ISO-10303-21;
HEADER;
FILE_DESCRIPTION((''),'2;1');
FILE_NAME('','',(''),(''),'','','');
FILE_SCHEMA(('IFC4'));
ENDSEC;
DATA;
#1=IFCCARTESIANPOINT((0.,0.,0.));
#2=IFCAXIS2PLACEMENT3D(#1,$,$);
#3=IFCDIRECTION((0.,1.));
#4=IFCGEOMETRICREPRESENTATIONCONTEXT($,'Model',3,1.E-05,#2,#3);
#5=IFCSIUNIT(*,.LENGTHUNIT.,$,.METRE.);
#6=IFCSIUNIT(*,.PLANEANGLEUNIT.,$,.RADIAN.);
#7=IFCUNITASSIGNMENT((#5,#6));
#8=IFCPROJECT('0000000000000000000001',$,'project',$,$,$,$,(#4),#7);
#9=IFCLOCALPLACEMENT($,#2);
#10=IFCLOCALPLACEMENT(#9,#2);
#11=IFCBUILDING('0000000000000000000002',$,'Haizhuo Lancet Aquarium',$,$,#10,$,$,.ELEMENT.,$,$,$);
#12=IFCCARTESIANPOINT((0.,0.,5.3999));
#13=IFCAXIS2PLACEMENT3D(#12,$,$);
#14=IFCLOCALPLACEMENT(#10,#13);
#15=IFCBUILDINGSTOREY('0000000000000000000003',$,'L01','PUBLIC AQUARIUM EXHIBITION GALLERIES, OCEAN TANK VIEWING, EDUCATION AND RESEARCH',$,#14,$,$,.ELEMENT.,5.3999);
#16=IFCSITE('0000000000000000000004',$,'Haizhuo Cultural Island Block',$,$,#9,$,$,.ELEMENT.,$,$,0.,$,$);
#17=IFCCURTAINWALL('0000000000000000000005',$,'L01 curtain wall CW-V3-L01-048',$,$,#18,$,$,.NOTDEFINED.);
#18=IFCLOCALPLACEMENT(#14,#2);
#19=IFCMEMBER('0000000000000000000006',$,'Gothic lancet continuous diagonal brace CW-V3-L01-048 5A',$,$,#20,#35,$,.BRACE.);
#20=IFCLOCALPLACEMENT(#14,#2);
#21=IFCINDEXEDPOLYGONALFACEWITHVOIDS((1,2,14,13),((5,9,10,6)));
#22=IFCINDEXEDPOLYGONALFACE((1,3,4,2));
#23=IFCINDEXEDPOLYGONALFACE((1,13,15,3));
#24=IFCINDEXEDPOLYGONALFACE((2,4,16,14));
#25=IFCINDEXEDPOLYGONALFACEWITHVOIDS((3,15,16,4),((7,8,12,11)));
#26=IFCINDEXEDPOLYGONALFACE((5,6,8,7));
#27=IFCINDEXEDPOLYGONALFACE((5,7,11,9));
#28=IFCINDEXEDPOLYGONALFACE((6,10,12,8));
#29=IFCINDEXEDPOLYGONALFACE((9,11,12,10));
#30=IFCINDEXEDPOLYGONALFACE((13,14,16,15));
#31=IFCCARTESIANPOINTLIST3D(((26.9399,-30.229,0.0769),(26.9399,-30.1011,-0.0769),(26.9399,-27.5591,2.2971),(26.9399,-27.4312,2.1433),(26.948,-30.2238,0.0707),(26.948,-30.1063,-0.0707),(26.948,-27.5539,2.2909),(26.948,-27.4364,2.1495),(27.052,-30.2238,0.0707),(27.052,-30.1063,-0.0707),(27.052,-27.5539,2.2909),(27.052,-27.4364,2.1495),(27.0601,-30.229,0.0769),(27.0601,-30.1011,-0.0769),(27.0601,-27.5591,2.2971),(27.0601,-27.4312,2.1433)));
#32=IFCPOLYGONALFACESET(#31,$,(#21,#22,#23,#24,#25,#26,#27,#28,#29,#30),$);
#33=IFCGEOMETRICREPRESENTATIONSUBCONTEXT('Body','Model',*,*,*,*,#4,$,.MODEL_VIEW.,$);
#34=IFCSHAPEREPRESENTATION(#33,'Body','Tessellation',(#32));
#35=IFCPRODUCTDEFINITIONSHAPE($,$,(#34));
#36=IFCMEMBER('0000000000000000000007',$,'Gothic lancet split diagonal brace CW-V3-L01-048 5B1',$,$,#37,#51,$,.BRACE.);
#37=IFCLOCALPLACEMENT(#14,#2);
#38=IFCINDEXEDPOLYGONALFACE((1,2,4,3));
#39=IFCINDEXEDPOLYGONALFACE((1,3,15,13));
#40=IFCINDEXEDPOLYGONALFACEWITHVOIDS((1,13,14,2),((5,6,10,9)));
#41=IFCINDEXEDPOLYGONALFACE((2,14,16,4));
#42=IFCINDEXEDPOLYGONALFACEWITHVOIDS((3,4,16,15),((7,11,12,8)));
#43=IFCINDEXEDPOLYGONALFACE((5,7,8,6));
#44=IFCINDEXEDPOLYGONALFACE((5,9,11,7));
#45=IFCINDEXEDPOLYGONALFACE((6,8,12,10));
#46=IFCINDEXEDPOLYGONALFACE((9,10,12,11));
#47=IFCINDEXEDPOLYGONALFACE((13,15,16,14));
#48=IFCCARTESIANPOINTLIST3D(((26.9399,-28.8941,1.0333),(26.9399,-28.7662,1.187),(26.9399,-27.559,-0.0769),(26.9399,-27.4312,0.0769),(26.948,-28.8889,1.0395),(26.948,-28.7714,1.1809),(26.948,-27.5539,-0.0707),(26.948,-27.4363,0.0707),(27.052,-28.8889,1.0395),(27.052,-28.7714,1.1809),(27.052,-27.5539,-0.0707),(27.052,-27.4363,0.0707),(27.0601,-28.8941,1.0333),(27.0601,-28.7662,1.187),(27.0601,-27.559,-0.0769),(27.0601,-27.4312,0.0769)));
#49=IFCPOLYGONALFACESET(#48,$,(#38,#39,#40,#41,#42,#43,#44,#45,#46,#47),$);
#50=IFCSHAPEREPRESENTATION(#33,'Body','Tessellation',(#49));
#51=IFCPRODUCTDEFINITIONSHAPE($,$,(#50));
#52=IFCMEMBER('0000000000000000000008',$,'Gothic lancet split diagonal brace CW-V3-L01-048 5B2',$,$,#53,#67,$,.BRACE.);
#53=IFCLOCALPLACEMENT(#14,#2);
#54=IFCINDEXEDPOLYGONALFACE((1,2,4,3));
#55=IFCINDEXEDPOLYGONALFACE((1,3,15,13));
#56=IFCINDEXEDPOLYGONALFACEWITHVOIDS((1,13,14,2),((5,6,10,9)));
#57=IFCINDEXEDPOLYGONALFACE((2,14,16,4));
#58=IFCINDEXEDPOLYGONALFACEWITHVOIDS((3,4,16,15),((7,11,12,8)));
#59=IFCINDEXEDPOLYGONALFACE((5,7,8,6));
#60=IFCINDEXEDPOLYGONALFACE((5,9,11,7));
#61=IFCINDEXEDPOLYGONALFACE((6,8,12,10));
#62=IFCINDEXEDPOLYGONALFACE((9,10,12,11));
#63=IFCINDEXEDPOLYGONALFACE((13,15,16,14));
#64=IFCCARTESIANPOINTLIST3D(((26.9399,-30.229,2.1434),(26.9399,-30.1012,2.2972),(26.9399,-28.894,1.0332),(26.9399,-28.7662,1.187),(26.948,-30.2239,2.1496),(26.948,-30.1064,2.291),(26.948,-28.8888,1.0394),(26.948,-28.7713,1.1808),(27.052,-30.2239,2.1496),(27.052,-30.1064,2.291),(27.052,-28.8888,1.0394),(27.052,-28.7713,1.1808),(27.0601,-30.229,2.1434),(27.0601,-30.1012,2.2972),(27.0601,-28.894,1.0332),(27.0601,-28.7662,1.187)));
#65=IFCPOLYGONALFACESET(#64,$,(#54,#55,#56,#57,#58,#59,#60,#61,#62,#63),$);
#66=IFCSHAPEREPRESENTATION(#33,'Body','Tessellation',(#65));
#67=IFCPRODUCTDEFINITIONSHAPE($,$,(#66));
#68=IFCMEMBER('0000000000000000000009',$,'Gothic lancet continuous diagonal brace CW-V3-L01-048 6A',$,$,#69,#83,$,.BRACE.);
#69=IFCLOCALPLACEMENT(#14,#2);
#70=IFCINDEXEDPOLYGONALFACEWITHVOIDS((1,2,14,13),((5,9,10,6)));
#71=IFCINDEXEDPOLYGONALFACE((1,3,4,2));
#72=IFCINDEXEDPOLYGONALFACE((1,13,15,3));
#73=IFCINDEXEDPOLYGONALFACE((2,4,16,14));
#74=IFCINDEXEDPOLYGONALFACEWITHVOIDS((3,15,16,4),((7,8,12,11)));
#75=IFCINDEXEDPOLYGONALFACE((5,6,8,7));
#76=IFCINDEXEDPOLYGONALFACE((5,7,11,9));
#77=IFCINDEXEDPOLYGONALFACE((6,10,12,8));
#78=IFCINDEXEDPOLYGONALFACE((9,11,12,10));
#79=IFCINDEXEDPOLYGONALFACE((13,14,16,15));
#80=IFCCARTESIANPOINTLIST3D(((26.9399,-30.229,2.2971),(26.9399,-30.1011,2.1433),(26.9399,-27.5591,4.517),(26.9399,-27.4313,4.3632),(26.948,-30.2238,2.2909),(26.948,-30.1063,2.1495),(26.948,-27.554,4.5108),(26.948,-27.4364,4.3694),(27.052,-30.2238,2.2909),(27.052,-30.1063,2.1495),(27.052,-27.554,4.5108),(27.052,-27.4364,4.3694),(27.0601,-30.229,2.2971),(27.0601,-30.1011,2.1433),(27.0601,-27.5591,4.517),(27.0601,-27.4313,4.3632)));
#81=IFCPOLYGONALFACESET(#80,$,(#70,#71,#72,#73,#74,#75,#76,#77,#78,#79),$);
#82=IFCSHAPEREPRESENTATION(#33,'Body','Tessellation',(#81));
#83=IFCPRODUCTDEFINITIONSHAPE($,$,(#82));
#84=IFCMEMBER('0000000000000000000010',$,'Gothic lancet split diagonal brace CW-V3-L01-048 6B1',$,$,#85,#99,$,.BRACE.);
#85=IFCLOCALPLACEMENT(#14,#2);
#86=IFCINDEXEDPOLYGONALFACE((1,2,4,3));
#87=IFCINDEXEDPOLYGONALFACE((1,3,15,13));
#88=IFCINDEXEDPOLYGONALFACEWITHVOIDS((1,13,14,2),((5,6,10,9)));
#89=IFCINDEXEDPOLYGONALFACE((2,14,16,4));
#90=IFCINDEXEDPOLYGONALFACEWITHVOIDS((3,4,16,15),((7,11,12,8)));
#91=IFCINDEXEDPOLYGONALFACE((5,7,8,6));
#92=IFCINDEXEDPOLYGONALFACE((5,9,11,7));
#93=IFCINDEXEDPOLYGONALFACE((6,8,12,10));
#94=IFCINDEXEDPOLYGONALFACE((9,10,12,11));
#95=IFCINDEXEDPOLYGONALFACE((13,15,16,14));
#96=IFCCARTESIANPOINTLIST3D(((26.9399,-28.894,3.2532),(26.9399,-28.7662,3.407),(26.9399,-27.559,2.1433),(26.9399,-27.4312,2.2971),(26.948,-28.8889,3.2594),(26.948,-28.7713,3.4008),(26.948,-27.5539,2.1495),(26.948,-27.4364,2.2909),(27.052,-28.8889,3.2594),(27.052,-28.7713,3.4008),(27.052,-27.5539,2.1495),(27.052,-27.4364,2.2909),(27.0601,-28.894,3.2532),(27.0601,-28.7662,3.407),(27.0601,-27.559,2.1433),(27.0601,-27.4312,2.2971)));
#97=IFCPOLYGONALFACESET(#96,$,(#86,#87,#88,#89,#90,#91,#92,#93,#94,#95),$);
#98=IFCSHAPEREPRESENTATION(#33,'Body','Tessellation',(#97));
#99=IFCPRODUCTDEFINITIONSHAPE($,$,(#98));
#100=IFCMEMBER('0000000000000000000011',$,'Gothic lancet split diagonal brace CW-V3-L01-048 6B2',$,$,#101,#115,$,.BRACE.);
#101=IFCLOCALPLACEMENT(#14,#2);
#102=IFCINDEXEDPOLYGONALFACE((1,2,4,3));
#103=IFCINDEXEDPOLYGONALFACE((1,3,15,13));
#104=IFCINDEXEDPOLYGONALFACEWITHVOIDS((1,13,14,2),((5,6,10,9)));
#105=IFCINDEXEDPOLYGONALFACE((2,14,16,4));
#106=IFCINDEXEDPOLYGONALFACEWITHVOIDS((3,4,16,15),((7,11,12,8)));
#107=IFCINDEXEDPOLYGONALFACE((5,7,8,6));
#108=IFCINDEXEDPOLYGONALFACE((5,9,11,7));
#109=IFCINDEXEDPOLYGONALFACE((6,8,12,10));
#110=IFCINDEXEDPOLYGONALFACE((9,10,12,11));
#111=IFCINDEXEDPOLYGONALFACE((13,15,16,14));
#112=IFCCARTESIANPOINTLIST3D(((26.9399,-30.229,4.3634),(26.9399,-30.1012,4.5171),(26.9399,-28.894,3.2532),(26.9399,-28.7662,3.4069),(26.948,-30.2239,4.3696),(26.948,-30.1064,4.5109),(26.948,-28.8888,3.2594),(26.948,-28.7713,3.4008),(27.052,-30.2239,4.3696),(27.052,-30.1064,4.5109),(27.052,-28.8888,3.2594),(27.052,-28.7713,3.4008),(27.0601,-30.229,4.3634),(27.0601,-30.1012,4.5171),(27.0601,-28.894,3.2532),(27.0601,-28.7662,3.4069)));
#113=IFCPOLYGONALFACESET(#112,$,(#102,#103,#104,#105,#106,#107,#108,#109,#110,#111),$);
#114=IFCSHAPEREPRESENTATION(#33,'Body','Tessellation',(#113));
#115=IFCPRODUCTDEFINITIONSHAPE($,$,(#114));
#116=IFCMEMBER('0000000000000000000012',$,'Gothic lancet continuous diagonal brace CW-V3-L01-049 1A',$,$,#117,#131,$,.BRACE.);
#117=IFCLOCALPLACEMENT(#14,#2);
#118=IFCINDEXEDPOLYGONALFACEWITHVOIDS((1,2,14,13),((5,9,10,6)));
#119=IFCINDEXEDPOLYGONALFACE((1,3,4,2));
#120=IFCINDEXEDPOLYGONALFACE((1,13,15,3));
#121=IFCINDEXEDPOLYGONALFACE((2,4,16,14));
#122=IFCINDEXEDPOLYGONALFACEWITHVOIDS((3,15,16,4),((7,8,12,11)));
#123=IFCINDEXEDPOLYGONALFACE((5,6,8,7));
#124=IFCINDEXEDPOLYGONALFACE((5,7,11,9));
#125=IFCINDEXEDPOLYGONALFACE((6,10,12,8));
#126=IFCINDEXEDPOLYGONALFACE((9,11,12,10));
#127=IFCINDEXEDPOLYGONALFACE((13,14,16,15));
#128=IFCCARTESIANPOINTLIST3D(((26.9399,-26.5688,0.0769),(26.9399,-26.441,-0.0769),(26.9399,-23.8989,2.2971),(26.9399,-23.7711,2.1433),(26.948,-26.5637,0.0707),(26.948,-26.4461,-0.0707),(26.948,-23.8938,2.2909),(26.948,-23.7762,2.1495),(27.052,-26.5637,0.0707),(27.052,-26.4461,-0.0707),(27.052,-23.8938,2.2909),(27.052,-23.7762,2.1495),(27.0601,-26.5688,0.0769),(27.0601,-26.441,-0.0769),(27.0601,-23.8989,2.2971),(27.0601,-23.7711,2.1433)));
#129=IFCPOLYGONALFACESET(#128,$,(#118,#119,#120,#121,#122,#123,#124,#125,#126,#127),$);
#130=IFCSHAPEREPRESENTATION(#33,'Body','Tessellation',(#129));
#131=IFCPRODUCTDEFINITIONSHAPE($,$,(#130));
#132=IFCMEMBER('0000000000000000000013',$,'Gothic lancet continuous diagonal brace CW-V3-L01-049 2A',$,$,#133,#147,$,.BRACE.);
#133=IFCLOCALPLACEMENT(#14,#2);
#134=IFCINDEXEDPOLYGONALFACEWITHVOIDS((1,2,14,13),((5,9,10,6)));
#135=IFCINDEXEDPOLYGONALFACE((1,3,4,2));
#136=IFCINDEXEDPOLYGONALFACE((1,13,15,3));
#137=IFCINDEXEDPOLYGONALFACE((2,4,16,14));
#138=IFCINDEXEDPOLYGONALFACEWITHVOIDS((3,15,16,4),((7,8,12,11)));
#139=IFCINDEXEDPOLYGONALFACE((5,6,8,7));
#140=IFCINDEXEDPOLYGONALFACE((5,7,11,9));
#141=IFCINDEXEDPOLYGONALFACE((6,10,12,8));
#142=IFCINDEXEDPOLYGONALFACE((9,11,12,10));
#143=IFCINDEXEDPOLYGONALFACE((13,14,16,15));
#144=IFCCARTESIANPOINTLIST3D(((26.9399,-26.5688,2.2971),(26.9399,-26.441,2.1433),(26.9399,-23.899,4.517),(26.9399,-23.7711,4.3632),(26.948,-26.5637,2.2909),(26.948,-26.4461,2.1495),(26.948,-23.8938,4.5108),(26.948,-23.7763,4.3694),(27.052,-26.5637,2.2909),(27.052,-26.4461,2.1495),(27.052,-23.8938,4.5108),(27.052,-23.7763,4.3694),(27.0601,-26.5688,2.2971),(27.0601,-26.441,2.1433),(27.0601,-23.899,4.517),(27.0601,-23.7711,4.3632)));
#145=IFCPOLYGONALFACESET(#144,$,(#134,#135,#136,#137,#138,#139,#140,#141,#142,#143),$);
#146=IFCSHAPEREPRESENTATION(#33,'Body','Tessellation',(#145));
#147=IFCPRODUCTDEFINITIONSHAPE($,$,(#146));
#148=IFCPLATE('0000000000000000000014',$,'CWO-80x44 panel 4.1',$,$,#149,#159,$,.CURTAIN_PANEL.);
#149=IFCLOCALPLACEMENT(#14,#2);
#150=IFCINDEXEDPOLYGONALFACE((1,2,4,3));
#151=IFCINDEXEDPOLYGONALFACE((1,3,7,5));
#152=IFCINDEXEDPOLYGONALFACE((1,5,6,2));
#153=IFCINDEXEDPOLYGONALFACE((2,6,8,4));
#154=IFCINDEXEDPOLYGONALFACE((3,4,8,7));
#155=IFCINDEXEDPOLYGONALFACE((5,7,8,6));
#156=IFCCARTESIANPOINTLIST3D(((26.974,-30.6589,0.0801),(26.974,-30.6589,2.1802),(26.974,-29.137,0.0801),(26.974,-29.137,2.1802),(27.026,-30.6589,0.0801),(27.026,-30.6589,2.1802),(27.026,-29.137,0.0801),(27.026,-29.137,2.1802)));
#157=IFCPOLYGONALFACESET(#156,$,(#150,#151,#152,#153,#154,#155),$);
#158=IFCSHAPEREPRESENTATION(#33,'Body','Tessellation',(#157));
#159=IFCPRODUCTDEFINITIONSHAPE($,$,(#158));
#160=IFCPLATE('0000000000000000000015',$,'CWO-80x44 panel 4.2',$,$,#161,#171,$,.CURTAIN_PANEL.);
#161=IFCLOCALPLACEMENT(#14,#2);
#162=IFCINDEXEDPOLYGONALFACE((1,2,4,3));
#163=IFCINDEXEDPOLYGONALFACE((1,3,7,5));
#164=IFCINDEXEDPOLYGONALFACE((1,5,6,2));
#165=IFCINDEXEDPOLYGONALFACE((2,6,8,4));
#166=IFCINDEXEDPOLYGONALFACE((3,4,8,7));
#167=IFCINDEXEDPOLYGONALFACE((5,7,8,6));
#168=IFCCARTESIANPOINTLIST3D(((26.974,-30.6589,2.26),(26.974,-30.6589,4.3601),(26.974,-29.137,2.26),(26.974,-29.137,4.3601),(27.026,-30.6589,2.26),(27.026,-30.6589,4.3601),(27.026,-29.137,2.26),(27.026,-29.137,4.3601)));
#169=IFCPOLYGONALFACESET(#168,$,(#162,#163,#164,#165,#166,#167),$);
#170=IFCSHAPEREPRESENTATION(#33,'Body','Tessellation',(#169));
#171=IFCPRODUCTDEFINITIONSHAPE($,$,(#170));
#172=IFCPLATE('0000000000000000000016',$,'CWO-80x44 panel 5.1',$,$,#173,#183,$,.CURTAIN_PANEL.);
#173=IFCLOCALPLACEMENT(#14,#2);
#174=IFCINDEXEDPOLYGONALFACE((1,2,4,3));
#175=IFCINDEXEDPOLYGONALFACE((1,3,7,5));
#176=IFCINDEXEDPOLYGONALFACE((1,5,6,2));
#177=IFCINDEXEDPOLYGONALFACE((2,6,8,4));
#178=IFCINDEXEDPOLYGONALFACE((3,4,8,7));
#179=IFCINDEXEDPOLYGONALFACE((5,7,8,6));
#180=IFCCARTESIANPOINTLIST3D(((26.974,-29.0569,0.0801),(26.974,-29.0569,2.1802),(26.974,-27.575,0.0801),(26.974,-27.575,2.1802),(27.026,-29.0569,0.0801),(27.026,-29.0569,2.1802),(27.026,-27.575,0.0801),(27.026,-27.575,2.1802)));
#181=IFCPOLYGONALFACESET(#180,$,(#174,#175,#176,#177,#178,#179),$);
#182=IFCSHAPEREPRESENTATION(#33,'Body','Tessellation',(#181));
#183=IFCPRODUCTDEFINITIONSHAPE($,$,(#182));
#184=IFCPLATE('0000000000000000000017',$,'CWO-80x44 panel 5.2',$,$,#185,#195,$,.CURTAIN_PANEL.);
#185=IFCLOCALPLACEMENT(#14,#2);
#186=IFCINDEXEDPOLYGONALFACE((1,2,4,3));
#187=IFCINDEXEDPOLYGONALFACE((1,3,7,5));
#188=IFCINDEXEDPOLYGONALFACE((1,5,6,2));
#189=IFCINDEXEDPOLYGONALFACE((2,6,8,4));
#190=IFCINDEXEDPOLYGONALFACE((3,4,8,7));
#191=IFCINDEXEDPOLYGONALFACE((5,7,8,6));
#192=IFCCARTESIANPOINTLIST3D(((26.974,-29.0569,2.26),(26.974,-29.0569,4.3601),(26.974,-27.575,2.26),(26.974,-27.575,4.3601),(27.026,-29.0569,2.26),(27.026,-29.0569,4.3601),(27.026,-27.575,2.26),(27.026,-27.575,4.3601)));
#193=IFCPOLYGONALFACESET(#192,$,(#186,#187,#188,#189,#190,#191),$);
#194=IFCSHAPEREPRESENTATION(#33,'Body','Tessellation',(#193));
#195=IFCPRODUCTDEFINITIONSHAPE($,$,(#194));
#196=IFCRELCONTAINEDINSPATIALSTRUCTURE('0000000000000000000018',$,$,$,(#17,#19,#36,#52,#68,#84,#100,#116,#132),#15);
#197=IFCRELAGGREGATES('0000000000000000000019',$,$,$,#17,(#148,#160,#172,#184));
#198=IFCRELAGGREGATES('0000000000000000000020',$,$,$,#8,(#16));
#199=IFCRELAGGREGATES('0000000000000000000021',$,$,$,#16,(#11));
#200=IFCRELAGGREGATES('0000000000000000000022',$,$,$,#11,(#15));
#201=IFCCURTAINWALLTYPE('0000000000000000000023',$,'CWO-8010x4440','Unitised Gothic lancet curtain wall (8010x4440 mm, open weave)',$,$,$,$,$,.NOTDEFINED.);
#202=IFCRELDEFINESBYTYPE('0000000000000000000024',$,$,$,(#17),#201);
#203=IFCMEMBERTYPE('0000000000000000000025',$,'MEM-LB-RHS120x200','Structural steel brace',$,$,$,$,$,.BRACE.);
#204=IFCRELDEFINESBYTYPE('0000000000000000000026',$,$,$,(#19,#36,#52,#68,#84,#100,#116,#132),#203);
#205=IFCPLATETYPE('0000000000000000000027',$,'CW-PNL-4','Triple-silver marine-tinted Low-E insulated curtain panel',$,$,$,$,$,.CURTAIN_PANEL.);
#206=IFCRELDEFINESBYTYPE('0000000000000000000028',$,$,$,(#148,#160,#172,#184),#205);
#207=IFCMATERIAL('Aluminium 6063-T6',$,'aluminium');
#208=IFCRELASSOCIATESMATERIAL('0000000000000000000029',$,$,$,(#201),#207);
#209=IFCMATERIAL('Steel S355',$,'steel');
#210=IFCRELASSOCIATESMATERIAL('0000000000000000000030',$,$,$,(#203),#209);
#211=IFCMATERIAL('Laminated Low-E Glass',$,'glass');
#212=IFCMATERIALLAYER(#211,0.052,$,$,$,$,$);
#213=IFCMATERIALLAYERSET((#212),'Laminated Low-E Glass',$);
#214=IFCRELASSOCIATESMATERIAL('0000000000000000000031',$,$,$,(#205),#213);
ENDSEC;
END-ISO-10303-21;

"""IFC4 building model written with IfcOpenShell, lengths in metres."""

from ifc_helpers import new_model, si_unit, direction, frame, origin, origin_2d, place, context, subcontext, project, spatial, rectangle, hollow_rectangle, extrude, material, layer, layer_set, material_profile, profile_set, type_object, element, aggregate, save


model = new_model("IFC4")

# Units and contexts
model_context = context("Model", 3, precision=1e-05, world=origin(), true_north=direction((0.0, 1.0)))
body_context = subcontext(model_context, "Body", "Model", "MODEL_VIEW")
ifc_project = project(units=[si_unit("LENGTHUNIT", "METRE"), si_unit("PLANEANGLEUNIT", "RADIAN")], contexts=[model_context])

# Site, building, storey
site_placement = place(None, origin())
site = spatial("IfcSite", under=ifc_project, at=site_placement, Name="Haizhuo Cultural Island Block", CompositionType="ELEMENT", RefElevation=0.0)
building_placement = place(site_placement, origin())
building = spatial("IfcBuilding", under=site, at=building_placement, Name="Haizhuo Lancet Aquarium", CompositionType="ELEMENT")
storey_placement = place(building_placement, frame((0.0, 0.0, 5.3999)))
storey = spatial("IfcBuildingStorey", under=building, at=storey_placement, Name="L01", Description="PUBLIC AQUARIUM EXHIBITION GALLERIES, OCEAN TANK VIEWING, EDUCATION AND RESEARCH", CompositionType="ELEMENT", Elevation=5.3999)

# Shared definitions
ifc_material_1 = material(Name="Aluminium 6063-T6", Category="aluminium")
curtain_wall_type = type_object("IfcCurtainWallType", Name="CWO-8010x4440", Description="Unitised Gothic lancet curtain wall (8010x4440 mm, open weave)", PredefinedType="NOTDEFINED", material=ifc_material_1)

# Curtain wall
curtain_wall_1_placement = place(storey_placement, origin())
curtain_wall_1 = element("IfcCurtainWall", 1, at=curtain_wall_1_placement, inside=storey, type_object=curtain_wall_type, Name="L01 curtain wall CW-V3-L01-048", PredefinedType="NOTDEFINED")

# Members
ifc_material_2 = material(Name="Steel S355", Category="steel")
ifc_material_profile_1 = material_profile(ifc_material_2, hollow_rectangle(XDim=0.1201, YDim=0.2, WallThickness=0.0081, at=origin_2d()), Name="RHS 120x200x8")
ifc_profile_set_1 = profile_set([ifc_material_profile_1], Name="Steel S355")
member_type_1 = type_object("IfcMemberType", Name="MEM-LB-RHS120x200", Description="Structural steel brace", PredefinedType="BRACE", material=ifc_profile_set_1)
member_1_placement = place(storey_placement, frame((27.0, -30.165, 0.0), z_axis=(0.0, 0.768889, 0.639382), x_axis=(-1.0, 0.0, 0.0)))
element("IfcMember", 2, at=member_1_placement, inside=storey, type_object=member_type_1, Name="Gothic lancet continuous diagonal brace CW-V3-L01-048 5A", PredefinedType="BRACE", context=body_context, shape_type="SweptSolid", body=[
    extrude(hollow_rectangle(XDim=0.1201, YDim=0.2, WallThickness=0.0081, at=origin_2d()), origin(), (0.0, 0.0, 1.0), 3.4724),
])
for number, where, z_axis, x_axis, name in (
    (3, (27.0, -27.4951, 0.0), (0.0, -0.768889, 0.639382), (1.0, 0.0, 0.0), "Gothic lancet split diagonal brace CW-V3-L01-048 5B1"),
    (4, (27.0, -28.8301, 1.1101), (0.0, -0.768889, 0.639382), (1.0, 0.0, 0.0), "Gothic lancet split diagonal brace CW-V3-L01-048 5B2"),
):
    element("IfcMember", number, at=place(storey_placement, frame(where, z_axis=z_axis, x_axis=x_axis)), inside=storey, type_object=member_type_1, Name=name, PredefinedType="BRACE", context=body_context, shape_type="SweptSolid", body=[
        extrude(hollow_rectangle(XDim=0.1201, YDim=0.2, WallThickness=0.0081, at=origin_2d()), origin(), (0.0, 0.0, 1.0), 1.7363),
    ])
member_2_placement = place(storey_placement, frame((27.0, -30.165, 2.2202), z_axis=(0.0, 0.768924, 0.63934), x_axis=(-1.0, 0.0, 0.0)))
element("IfcMember", 5, at=member_2_placement, inside=storey, type_object=member_type_1, Name="Gothic lancet continuous diagonal brace CW-V3-L01-048 6A", PredefinedType="BRACE", context=body_context, shape_type="SweptSolid", body=[
    extrude(hollow_rectangle(XDim=0.1201, YDim=0.2, WallThickness=0.0081, at=origin_2d()), origin(), (0.0, 0.0, 1.0), 3.4722),
])
member_3_placement = place(storey_placement, frame((27.0, -27.4951, 2.2202), z_axis=(0.0, -0.768958, 0.639299), x_axis=(1.0, 0.0, 0.0)))
element("IfcMember", 6, at=member_3_placement, inside=storey, type_object=member_type_1, Name="Gothic lancet split diagonal brace CW-V3-L01-048 6B1", PredefinedType="BRACE", context=body_context, shape_type="SweptSolid", body=[
    extrude(hollow_rectangle(XDim=0.1201, YDim=0.2, WallThickness=0.0081, at=origin_2d()), origin(), (0.0, 0.0, 1.0), 1.7361),
])
member_4_placement = place(storey_placement, frame((27.0, -28.8301, 3.3301), z_axis=(0.0, -0.768889, 0.639382), x_axis=(1.0, 0.0, 0.0)))
element("IfcMember", 7, at=member_4_placement, inside=storey, type_object=member_type_1, Name="Gothic lancet split diagonal brace CW-V3-L01-048 6B2", PredefinedType="BRACE", context=body_context, shape_type="SweptSolid", body=[
    extrude(hollow_rectangle(XDim=0.1201, YDim=0.2, WallThickness=0.0081, at=origin_2d()), origin(), (0.0, 0.0, 1.0), 1.7363),
])
member_5_placement = place(storey_placement, frame((27.0, -26.5049, 0.0), z_axis=(0.0, 0.768889, 0.639382), x_axis=(-1.0, 0.0, 0.0)))
element("IfcMember", 8, at=member_5_placement, inside=storey, type_object=member_type_1, Name="Gothic lancet continuous diagonal brace CW-V3-L01-049 1A", PredefinedType="BRACE", context=body_context, shape_type="SweptSolid", body=[
    extrude(hollow_rectangle(XDim=0.1201, YDim=0.2, WallThickness=0.0081, at=origin_2d()), origin(), (0.0, 0.0, 1.0), 3.4724),
])
member_6_placement = place(storey_placement, frame((27.0, -26.5049, 2.2202), z_axis=(0.0, 0.768924, 0.63934), x_axis=(-1.0, 0.0, 0.0)))
element("IfcMember", 9, at=member_6_placement, inside=storey, type_object=member_type_1, Name="Gothic lancet continuous diagonal brace CW-V3-L01-049 2A", PredefinedType="BRACE", context=body_context, shape_type="SweptSolid", body=[
    extrude(hollow_rectangle(XDim=0.1201, YDim=0.2, WallThickness=0.0081, at=origin_2d()), origin(), (0.0, 0.0, 1.0), 3.4722),
])

# Plates
ifc_material_3 = material(Name="Laminated Low-E Glass", Category="glass")
ifc_layer = layer(ifc_material_3, 0.052)
ifc_layer_set = layer_set([ifc_layer], Name="Laminated Low-E Glass")
plate_type = type_object("IfcPlateType", Name="CW-PNL-4", Description="Triple-silver marine-tinted Low-E insulated curtain panel", PredefinedType="CURTAIN_PANEL", material=ifc_layer_set)
plate_1_placement = place(storey_placement, frame((27.0, -29.8979, 0.0801), z_axis=(0.0, 0.0, 1.0), x_axis=(0.0, 1.0, 0.0)))
plate_1 = element("IfcPlate", 10, at=plate_1_placement, type_object=plate_type, Name="CWO-80x44 panel 4.1", PredefinedType="CURTAIN_PANEL", context=body_context, shape_type="SweptSolid", body=[
    extrude(rectangle(XDim=1.522, YDim=0.052, at=origin_2d()), origin(), (0.0, 0.0, 1.0), 2.1001),
])
plate_2_placement = place(storey_placement, frame((27.0, -29.8979, 2.26), z_axis=(0.0, 0.0, 1.0), x_axis=(0.0, 1.0, 0.0)))
plate_2 = element("IfcPlate", 11, at=plate_2_placement, type_object=plate_type, Name="CWO-80x44 panel 4.2", PredefinedType="CURTAIN_PANEL", context=body_context, shape_type="SweptSolid", body=[
    extrude(rectangle(XDim=1.522, YDim=0.052, at=origin_2d()), origin(), (0.0, 0.0, 1.0), 2.1001),
])
plate_3_placement = place(storey_placement, frame((27.0, -28.3159, 0.0801), z_axis=(0.0, 0.0, 1.0), x_axis=(0.0, 1.0, 0.0)))
plate_3 = element("IfcPlate", 12, at=plate_3_placement, type_object=plate_type, Name="CWO-80x44 panel 5.1", PredefinedType="CURTAIN_PANEL", context=body_context, shape_type="SweptSolid", body=[
    extrude(rectangle(XDim=1.4819, YDim=0.052, at=origin_2d()), origin(), (0.0, 0.0, 1.0), 2.1001),
])
plate_4_placement = place(storey_placement, frame((27.0, -28.3159, 2.26), z_axis=(0.0, 0.0, 1.0), x_axis=(0.0, 1.0, 0.0)))
plate_4 = element("IfcPlate", 13, at=plate_4_placement, type_object=plate_type, Name="CWO-80x44 panel 5.2", PredefinedType="CURTAIN_PANEL", context=body_context, shape_type="SweptSolid", body=[
    extrude(rectangle(XDim=1.4819, YDim=0.052, at=origin_2d()), origin(), (0.0, 0.0, 1.0), 2.1001),
])
aggregate(curtain_wall_1, [plate_1, plate_2, plate_3, plate_4])

save(model, "model.ifc")
